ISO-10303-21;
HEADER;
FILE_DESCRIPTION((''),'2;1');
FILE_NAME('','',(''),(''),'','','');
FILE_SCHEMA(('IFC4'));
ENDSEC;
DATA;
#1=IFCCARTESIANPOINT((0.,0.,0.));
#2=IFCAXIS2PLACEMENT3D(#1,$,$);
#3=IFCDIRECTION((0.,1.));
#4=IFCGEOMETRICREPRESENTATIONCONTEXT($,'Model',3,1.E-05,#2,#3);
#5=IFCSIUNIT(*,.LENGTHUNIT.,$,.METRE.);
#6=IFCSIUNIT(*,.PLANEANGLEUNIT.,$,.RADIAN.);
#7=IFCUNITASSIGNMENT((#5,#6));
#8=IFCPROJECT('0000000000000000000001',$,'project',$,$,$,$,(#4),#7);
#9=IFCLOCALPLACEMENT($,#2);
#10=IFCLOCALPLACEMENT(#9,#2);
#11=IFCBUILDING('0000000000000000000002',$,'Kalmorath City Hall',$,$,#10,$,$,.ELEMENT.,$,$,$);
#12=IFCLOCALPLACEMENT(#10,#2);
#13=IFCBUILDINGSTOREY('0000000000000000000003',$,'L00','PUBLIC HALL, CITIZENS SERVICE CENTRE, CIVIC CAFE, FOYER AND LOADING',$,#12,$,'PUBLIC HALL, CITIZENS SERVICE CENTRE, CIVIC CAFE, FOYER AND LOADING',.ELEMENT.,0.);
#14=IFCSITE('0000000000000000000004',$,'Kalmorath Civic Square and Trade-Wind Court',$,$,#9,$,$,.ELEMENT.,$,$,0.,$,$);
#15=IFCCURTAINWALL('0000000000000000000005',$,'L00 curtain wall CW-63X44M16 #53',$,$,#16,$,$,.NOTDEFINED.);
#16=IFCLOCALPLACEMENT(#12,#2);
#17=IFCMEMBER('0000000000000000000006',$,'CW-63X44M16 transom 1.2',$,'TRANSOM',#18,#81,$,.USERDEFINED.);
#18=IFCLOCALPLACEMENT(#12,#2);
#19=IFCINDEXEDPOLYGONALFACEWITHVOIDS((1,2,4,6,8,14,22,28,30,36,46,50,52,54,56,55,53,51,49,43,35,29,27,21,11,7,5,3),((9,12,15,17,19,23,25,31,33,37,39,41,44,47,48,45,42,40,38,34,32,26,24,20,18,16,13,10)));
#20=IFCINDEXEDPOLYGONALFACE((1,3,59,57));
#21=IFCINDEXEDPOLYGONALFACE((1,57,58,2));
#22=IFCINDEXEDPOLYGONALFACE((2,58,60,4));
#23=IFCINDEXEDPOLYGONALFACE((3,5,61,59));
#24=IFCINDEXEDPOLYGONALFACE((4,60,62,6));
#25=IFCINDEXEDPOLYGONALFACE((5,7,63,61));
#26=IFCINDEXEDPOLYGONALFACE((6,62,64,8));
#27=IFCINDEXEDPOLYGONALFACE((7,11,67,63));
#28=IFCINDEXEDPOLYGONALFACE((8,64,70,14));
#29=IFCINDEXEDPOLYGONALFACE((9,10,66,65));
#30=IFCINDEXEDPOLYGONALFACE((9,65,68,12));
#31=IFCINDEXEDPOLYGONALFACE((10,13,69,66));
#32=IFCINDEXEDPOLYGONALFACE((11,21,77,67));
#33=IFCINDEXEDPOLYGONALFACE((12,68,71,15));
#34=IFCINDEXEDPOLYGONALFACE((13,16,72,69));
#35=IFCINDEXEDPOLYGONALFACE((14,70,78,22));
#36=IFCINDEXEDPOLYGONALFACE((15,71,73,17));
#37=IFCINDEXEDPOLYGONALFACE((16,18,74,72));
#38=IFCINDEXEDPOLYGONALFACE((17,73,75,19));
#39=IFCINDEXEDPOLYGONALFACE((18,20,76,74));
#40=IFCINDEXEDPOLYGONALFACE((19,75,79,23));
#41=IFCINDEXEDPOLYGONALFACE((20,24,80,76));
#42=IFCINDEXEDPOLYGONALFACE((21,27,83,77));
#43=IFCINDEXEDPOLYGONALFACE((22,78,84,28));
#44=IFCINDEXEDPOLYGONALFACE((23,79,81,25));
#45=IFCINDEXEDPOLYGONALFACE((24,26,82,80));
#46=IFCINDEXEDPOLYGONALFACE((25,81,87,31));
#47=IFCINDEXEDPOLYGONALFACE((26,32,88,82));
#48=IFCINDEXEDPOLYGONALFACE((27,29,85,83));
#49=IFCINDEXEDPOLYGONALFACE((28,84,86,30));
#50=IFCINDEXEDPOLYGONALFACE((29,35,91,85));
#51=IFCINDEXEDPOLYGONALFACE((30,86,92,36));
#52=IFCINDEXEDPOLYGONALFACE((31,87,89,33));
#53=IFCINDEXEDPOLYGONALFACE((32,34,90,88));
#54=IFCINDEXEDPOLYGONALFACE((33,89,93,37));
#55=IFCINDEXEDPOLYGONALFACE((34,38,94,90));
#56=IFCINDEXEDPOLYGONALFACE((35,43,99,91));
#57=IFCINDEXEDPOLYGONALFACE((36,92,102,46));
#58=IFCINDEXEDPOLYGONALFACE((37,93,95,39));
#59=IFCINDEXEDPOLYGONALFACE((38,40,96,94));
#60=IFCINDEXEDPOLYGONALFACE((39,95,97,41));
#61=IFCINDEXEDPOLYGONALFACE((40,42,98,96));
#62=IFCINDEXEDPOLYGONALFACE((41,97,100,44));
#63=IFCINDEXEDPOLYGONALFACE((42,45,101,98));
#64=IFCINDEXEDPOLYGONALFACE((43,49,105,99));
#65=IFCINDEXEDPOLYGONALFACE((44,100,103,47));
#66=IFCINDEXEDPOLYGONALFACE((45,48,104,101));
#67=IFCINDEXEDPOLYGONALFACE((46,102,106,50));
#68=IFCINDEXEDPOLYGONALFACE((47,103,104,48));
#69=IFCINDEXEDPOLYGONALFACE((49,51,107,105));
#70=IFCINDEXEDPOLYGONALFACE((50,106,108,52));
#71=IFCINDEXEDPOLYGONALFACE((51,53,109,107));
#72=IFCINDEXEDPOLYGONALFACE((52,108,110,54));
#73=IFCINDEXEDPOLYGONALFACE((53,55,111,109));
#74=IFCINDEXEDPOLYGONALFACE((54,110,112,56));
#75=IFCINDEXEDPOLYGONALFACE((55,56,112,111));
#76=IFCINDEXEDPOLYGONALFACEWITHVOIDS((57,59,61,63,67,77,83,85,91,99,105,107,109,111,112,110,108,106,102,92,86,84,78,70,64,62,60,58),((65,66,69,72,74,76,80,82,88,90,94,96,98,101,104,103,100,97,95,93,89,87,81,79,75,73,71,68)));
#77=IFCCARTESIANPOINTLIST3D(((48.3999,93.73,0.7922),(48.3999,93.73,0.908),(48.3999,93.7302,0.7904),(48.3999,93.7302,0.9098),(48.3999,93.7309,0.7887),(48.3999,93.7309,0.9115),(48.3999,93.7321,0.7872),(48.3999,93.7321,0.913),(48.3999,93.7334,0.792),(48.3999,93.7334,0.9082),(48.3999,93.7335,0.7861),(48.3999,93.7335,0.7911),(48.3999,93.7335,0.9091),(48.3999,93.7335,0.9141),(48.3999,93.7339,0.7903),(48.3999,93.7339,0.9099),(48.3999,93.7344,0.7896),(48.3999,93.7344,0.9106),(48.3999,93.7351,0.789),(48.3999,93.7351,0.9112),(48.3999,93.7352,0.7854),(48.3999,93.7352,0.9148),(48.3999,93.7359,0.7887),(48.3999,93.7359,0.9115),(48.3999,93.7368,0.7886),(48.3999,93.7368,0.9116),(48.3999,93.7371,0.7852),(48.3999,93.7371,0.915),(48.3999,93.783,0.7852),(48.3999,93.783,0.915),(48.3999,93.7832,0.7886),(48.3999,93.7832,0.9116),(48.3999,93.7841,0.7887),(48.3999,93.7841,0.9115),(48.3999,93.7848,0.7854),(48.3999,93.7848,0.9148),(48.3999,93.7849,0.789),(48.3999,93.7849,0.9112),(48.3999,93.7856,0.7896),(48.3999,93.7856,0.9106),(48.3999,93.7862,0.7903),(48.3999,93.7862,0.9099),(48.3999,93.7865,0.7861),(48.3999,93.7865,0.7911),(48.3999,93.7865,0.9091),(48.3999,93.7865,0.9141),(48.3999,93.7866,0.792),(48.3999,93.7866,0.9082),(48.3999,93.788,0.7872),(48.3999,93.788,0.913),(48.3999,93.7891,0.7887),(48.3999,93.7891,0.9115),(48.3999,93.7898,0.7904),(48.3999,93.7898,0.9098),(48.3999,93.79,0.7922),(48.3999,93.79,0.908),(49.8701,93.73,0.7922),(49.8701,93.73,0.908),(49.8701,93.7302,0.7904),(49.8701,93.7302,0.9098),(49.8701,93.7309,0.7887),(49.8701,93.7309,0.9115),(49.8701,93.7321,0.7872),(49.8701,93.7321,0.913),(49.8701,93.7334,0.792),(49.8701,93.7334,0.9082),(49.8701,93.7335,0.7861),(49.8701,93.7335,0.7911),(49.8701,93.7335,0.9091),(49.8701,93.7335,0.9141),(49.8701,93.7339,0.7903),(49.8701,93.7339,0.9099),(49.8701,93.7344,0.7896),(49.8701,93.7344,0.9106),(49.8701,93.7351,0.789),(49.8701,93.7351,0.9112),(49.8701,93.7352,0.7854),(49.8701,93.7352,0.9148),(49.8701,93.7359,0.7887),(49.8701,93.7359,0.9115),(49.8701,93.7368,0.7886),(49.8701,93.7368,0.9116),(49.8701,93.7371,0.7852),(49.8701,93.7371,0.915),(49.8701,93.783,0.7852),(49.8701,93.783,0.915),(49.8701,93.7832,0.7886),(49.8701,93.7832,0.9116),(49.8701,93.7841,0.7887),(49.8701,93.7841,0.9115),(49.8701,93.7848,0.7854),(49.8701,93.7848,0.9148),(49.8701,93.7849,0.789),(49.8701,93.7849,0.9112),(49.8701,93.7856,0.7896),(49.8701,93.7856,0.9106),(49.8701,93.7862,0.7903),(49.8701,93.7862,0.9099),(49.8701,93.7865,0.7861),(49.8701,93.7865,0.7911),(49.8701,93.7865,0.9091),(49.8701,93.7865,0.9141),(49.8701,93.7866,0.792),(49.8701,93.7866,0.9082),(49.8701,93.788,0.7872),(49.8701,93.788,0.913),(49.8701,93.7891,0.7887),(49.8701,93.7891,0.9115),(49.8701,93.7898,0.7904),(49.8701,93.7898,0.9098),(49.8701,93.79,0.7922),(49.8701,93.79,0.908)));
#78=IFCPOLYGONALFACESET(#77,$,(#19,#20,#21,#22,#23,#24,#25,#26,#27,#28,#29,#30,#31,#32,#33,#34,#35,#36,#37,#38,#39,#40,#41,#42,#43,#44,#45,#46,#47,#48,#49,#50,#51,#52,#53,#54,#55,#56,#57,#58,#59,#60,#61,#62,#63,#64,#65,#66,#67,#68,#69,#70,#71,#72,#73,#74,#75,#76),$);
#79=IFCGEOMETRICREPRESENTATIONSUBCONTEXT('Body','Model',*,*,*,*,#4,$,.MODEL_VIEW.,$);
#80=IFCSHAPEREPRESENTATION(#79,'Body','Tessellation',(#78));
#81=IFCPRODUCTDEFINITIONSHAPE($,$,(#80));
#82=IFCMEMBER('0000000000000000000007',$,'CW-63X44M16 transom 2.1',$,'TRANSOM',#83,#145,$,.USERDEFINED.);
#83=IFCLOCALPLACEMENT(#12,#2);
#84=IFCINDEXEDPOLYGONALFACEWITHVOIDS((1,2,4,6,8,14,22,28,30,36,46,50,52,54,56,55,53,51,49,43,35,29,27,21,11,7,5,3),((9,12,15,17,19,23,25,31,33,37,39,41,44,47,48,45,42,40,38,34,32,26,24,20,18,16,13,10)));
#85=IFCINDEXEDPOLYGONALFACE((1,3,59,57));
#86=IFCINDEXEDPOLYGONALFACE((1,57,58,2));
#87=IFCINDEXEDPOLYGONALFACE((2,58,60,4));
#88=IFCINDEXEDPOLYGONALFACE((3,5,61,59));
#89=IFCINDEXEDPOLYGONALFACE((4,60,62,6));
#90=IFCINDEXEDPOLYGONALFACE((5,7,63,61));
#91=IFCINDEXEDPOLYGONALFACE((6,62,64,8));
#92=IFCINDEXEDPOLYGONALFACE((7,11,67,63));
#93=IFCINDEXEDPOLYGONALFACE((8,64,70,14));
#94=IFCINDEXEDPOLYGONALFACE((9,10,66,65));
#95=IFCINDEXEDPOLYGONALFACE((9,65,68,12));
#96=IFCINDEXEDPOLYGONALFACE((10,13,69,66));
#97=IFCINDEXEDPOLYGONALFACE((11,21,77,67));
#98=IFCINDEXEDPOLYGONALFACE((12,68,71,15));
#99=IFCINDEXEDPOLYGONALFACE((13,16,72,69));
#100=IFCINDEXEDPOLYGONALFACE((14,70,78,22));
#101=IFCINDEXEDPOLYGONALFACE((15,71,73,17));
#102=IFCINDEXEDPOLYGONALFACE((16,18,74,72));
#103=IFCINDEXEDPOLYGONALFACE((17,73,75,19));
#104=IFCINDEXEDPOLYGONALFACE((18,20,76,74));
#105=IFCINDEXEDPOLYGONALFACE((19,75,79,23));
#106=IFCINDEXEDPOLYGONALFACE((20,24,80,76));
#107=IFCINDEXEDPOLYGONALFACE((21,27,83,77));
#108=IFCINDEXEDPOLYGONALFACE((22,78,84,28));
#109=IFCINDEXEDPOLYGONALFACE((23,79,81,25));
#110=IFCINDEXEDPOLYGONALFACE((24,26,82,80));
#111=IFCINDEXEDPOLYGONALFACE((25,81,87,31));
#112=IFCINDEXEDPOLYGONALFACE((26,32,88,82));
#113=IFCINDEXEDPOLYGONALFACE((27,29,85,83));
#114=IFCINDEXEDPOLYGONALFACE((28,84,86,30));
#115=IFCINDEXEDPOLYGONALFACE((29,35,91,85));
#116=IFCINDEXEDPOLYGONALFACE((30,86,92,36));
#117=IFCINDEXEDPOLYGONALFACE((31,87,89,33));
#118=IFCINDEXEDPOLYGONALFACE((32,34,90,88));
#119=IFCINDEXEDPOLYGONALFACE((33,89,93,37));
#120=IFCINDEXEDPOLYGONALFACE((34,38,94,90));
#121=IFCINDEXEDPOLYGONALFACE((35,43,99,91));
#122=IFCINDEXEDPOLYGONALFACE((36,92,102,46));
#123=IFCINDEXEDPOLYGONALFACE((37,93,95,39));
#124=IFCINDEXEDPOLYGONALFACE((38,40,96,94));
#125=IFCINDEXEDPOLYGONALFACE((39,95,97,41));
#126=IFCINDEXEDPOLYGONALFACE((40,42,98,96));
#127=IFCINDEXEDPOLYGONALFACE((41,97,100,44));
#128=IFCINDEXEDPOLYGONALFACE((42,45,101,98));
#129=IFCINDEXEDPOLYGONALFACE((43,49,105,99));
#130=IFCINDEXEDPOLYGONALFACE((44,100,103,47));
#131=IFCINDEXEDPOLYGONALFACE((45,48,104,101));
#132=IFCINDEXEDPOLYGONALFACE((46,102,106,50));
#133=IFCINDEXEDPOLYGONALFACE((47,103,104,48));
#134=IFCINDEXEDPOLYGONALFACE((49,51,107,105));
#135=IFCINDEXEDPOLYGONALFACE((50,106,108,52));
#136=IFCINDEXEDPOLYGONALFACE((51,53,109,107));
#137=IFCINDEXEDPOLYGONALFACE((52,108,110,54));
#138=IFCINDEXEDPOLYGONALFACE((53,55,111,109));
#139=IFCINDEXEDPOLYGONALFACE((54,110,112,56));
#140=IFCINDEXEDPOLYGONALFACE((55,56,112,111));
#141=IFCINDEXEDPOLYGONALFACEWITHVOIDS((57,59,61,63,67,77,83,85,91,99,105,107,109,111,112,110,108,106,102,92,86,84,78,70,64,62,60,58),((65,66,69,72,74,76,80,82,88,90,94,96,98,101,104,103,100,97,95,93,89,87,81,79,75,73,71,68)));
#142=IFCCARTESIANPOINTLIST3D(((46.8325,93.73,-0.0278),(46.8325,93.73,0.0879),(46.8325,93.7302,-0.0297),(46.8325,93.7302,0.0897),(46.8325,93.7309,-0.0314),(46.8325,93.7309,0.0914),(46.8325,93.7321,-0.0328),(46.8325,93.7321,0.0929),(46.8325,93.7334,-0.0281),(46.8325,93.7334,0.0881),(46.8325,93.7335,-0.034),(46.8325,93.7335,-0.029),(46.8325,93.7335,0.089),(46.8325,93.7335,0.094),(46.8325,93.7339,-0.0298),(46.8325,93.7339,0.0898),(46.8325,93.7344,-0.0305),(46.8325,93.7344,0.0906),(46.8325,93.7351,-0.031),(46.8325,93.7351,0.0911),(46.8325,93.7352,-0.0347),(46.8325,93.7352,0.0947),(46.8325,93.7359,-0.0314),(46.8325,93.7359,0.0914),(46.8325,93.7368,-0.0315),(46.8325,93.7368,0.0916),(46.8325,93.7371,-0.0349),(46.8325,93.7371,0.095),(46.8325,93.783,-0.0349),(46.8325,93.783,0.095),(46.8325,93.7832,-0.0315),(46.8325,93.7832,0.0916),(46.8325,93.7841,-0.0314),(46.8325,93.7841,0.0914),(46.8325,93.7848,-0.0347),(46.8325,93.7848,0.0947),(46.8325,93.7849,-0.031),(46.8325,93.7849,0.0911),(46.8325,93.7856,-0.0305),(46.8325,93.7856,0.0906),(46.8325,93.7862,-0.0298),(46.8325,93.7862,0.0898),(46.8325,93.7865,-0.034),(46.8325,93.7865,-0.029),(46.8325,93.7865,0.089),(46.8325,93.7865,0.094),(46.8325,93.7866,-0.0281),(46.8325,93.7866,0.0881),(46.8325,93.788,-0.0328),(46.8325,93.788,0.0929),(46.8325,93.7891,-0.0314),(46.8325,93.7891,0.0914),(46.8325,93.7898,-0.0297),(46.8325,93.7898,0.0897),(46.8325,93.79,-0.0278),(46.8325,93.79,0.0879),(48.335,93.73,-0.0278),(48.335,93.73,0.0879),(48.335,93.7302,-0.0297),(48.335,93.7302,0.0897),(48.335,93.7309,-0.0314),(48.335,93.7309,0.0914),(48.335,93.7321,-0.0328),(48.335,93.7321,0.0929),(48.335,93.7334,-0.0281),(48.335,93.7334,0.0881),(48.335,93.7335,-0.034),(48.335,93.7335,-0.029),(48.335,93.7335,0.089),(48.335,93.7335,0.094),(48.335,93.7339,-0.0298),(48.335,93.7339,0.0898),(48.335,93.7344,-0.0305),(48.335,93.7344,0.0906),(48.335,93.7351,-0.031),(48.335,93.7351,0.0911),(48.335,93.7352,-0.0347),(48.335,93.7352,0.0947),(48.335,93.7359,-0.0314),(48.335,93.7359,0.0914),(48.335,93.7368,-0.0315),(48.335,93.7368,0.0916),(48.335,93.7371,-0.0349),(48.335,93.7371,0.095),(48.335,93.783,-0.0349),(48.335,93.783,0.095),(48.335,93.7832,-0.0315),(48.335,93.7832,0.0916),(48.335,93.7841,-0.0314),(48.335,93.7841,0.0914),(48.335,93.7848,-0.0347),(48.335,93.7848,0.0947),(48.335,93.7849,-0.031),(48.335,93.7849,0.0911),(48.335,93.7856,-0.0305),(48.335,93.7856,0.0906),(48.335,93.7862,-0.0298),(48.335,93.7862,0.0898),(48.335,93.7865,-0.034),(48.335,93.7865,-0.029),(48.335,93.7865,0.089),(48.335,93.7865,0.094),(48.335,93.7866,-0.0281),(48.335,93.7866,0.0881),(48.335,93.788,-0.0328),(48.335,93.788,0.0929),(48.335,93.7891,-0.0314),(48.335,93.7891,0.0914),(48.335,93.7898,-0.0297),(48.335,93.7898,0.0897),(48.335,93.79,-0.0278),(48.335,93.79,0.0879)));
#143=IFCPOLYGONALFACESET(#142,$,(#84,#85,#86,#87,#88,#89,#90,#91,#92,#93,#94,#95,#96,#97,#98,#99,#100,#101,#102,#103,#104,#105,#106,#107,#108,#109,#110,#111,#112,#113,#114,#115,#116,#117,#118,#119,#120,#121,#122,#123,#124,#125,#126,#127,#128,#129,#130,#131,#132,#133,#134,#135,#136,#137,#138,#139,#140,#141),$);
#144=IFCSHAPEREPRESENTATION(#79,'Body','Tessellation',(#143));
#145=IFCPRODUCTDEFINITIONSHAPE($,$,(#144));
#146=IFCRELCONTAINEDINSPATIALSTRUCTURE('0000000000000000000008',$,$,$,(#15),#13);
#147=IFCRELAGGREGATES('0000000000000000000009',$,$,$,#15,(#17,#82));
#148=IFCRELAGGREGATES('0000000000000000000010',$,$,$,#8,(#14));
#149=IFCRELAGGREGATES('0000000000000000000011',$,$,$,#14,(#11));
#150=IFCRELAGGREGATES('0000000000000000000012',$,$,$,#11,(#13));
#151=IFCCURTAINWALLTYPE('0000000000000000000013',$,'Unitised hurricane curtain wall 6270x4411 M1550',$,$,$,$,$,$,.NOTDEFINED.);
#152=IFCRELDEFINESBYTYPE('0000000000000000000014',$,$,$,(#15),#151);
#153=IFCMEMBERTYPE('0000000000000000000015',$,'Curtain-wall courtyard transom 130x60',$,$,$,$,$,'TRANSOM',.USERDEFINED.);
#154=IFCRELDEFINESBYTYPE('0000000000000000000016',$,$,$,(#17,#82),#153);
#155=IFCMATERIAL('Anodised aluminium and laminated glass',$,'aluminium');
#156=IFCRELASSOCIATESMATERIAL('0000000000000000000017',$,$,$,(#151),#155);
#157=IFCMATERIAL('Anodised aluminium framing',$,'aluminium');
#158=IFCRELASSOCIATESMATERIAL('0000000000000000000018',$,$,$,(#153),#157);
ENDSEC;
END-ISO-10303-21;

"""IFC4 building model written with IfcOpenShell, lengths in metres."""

from ifc_helpers import new_model, si_unit, direction, frame, origin, origin_2d, place, context, subcontext, project, spatial, hollow_rectangle, extrude, material, material_profile, profile_set, type_object, element, aggregate, save


model = new_model("IFC4")

# Units and contexts
model_context = context("Model", 3, precision=1e-05, world=origin(), true_north=direction((0.0, 1.0)))
body_context = subcontext(model_context, "Body", "Model", "MODEL_VIEW")
ifc_project = project(units=[si_unit("LENGTHUNIT", "METRE"), si_unit("PLANEANGLEUNIT", "RADIAN")], contexts=[model_context])

# Site, building, storey
site_placement = place(None, origin())
site = spatial("IfcSite", under=ifc_project, at=site_placement, Name="Kalmorath Civic Square and Trade-Wind Court", CompositionType="ELEMENT", RefElevation=0.0)
building_placement = place(site_placement, origin())
building = spatial("IfcBuilding", under=site, at=building_placement, Name="Kalmorath City Hall", CompositionType="ELEMENT")
storey_placement = place(building_placement, origin())
storey = spatial("IfcBuildingStorey", under=building, at=storey_placement, Name="L00", Description="PUBLIC HALL, CITIZENS SERVICE CENTRE, CIVIC CAFE, FOYER AND LOADING", LongName="PUBLIC HALL, CITIZENS SERVICE CENTRE, CIVIC CAFE, FOYER AND LOADING", CompositionType="ELEMENT", Elevation=0.0)

# Curtain wall, members
ifc_material_1 = material(Name="Anodised aluminium and laminated glass", Category="aluminium")
curtain_wall_type = type_object("IfcCurtainWallType", Name="Unitised hurricane curtain wall 6270x4411 M1550", PredefinedType="NOTDEFINED", material=ifc_material_1)
curtain_wall_placement = place(storey_placement, origin())
curtain_wall = element("IfcCurtainWall", 1, at=curtain_wall_placement, inside=storey, type_object=curtain_wall_type, Name="L00 curtain wall CW-63X44M16 #53", PredefinedType="NOTDEFINED")
ifc_material_2 = material(Name="Anodised aluminium framing", Category="aluminium")
ifc_material_profile_1 = material_profile(ifc_material_2, hollow_rectangle(XDim=0.0601, YDim=0.1299, WallThickness=0.0034, InnerFilletRadius=0.0034, OuterFilletRadius=0.0071, at=origin_2d()), Name="ALU-TRN-130X60X3.5")
ifc_profile_set_1 = profile_set([ifc_material_profile_1], Name="Anodised aluminium framing")
member_type_1 = type_object("IfcMemberType", Name="Curtain-wall courtyard transom 130x60", ElementType="TRANSOM", PredefinedType="USERDEFINED", material=ifc_profile_set_1)
member_1_placement = place(storey_placement, frame((49.8701, 93.76, 0.8501), z_axis=(-1.0, 0.0, 0.0), x_axis=(0.0, -1.0, 0.0)))
member_1 = element("IfcMember", 2, at=member_1_placement, type_object=member_type_1, Name="CW-63X44M16 transom 1.2", ObjectType="TRANSOM", PredefinedType="USERDEFINED", context=body_context, shape_type="SweptSolid", body=[
    extrude(hollow_rectangle(XDim=0.0601, YDim=0.1299, WallThickness=0.0034, InnerFilletRadius=0.0034, OuterFilletRadius=0.0071, at=origin_2d()), origin(), (0.0, 0.0, 1.0), 1.4702),
])
member_2_placement = place(storey_placement, frame((48.335, 93.76, 0.03), z_axis=(-1.0, 0.0, 0.0), x_axis=(0.0, -1.0, 0.0)))
member_2 = element("IfcMember", 3, at=member_2_placement, type_object=member_type_1, Name="CW-63X44M16 transom 2.1", ObjectType="TRANSOM", PredefinedType="USERDEFINED", context=body_context, shape_type="SweptSolid", body=[
    extrude(hollow_rectangle(XDim=0.0601, YDim=0.1299, WallThickness=0.0034, InnerFilletRadius=0.0034, OuterFilletRadius=0.0071, at=origin_2d()), origin(), (0.0, 0.0, 1.0), 1.5024),
])
aggregate(curtain_wall, [member_1, member_2])

save(model, "model.ifc")
